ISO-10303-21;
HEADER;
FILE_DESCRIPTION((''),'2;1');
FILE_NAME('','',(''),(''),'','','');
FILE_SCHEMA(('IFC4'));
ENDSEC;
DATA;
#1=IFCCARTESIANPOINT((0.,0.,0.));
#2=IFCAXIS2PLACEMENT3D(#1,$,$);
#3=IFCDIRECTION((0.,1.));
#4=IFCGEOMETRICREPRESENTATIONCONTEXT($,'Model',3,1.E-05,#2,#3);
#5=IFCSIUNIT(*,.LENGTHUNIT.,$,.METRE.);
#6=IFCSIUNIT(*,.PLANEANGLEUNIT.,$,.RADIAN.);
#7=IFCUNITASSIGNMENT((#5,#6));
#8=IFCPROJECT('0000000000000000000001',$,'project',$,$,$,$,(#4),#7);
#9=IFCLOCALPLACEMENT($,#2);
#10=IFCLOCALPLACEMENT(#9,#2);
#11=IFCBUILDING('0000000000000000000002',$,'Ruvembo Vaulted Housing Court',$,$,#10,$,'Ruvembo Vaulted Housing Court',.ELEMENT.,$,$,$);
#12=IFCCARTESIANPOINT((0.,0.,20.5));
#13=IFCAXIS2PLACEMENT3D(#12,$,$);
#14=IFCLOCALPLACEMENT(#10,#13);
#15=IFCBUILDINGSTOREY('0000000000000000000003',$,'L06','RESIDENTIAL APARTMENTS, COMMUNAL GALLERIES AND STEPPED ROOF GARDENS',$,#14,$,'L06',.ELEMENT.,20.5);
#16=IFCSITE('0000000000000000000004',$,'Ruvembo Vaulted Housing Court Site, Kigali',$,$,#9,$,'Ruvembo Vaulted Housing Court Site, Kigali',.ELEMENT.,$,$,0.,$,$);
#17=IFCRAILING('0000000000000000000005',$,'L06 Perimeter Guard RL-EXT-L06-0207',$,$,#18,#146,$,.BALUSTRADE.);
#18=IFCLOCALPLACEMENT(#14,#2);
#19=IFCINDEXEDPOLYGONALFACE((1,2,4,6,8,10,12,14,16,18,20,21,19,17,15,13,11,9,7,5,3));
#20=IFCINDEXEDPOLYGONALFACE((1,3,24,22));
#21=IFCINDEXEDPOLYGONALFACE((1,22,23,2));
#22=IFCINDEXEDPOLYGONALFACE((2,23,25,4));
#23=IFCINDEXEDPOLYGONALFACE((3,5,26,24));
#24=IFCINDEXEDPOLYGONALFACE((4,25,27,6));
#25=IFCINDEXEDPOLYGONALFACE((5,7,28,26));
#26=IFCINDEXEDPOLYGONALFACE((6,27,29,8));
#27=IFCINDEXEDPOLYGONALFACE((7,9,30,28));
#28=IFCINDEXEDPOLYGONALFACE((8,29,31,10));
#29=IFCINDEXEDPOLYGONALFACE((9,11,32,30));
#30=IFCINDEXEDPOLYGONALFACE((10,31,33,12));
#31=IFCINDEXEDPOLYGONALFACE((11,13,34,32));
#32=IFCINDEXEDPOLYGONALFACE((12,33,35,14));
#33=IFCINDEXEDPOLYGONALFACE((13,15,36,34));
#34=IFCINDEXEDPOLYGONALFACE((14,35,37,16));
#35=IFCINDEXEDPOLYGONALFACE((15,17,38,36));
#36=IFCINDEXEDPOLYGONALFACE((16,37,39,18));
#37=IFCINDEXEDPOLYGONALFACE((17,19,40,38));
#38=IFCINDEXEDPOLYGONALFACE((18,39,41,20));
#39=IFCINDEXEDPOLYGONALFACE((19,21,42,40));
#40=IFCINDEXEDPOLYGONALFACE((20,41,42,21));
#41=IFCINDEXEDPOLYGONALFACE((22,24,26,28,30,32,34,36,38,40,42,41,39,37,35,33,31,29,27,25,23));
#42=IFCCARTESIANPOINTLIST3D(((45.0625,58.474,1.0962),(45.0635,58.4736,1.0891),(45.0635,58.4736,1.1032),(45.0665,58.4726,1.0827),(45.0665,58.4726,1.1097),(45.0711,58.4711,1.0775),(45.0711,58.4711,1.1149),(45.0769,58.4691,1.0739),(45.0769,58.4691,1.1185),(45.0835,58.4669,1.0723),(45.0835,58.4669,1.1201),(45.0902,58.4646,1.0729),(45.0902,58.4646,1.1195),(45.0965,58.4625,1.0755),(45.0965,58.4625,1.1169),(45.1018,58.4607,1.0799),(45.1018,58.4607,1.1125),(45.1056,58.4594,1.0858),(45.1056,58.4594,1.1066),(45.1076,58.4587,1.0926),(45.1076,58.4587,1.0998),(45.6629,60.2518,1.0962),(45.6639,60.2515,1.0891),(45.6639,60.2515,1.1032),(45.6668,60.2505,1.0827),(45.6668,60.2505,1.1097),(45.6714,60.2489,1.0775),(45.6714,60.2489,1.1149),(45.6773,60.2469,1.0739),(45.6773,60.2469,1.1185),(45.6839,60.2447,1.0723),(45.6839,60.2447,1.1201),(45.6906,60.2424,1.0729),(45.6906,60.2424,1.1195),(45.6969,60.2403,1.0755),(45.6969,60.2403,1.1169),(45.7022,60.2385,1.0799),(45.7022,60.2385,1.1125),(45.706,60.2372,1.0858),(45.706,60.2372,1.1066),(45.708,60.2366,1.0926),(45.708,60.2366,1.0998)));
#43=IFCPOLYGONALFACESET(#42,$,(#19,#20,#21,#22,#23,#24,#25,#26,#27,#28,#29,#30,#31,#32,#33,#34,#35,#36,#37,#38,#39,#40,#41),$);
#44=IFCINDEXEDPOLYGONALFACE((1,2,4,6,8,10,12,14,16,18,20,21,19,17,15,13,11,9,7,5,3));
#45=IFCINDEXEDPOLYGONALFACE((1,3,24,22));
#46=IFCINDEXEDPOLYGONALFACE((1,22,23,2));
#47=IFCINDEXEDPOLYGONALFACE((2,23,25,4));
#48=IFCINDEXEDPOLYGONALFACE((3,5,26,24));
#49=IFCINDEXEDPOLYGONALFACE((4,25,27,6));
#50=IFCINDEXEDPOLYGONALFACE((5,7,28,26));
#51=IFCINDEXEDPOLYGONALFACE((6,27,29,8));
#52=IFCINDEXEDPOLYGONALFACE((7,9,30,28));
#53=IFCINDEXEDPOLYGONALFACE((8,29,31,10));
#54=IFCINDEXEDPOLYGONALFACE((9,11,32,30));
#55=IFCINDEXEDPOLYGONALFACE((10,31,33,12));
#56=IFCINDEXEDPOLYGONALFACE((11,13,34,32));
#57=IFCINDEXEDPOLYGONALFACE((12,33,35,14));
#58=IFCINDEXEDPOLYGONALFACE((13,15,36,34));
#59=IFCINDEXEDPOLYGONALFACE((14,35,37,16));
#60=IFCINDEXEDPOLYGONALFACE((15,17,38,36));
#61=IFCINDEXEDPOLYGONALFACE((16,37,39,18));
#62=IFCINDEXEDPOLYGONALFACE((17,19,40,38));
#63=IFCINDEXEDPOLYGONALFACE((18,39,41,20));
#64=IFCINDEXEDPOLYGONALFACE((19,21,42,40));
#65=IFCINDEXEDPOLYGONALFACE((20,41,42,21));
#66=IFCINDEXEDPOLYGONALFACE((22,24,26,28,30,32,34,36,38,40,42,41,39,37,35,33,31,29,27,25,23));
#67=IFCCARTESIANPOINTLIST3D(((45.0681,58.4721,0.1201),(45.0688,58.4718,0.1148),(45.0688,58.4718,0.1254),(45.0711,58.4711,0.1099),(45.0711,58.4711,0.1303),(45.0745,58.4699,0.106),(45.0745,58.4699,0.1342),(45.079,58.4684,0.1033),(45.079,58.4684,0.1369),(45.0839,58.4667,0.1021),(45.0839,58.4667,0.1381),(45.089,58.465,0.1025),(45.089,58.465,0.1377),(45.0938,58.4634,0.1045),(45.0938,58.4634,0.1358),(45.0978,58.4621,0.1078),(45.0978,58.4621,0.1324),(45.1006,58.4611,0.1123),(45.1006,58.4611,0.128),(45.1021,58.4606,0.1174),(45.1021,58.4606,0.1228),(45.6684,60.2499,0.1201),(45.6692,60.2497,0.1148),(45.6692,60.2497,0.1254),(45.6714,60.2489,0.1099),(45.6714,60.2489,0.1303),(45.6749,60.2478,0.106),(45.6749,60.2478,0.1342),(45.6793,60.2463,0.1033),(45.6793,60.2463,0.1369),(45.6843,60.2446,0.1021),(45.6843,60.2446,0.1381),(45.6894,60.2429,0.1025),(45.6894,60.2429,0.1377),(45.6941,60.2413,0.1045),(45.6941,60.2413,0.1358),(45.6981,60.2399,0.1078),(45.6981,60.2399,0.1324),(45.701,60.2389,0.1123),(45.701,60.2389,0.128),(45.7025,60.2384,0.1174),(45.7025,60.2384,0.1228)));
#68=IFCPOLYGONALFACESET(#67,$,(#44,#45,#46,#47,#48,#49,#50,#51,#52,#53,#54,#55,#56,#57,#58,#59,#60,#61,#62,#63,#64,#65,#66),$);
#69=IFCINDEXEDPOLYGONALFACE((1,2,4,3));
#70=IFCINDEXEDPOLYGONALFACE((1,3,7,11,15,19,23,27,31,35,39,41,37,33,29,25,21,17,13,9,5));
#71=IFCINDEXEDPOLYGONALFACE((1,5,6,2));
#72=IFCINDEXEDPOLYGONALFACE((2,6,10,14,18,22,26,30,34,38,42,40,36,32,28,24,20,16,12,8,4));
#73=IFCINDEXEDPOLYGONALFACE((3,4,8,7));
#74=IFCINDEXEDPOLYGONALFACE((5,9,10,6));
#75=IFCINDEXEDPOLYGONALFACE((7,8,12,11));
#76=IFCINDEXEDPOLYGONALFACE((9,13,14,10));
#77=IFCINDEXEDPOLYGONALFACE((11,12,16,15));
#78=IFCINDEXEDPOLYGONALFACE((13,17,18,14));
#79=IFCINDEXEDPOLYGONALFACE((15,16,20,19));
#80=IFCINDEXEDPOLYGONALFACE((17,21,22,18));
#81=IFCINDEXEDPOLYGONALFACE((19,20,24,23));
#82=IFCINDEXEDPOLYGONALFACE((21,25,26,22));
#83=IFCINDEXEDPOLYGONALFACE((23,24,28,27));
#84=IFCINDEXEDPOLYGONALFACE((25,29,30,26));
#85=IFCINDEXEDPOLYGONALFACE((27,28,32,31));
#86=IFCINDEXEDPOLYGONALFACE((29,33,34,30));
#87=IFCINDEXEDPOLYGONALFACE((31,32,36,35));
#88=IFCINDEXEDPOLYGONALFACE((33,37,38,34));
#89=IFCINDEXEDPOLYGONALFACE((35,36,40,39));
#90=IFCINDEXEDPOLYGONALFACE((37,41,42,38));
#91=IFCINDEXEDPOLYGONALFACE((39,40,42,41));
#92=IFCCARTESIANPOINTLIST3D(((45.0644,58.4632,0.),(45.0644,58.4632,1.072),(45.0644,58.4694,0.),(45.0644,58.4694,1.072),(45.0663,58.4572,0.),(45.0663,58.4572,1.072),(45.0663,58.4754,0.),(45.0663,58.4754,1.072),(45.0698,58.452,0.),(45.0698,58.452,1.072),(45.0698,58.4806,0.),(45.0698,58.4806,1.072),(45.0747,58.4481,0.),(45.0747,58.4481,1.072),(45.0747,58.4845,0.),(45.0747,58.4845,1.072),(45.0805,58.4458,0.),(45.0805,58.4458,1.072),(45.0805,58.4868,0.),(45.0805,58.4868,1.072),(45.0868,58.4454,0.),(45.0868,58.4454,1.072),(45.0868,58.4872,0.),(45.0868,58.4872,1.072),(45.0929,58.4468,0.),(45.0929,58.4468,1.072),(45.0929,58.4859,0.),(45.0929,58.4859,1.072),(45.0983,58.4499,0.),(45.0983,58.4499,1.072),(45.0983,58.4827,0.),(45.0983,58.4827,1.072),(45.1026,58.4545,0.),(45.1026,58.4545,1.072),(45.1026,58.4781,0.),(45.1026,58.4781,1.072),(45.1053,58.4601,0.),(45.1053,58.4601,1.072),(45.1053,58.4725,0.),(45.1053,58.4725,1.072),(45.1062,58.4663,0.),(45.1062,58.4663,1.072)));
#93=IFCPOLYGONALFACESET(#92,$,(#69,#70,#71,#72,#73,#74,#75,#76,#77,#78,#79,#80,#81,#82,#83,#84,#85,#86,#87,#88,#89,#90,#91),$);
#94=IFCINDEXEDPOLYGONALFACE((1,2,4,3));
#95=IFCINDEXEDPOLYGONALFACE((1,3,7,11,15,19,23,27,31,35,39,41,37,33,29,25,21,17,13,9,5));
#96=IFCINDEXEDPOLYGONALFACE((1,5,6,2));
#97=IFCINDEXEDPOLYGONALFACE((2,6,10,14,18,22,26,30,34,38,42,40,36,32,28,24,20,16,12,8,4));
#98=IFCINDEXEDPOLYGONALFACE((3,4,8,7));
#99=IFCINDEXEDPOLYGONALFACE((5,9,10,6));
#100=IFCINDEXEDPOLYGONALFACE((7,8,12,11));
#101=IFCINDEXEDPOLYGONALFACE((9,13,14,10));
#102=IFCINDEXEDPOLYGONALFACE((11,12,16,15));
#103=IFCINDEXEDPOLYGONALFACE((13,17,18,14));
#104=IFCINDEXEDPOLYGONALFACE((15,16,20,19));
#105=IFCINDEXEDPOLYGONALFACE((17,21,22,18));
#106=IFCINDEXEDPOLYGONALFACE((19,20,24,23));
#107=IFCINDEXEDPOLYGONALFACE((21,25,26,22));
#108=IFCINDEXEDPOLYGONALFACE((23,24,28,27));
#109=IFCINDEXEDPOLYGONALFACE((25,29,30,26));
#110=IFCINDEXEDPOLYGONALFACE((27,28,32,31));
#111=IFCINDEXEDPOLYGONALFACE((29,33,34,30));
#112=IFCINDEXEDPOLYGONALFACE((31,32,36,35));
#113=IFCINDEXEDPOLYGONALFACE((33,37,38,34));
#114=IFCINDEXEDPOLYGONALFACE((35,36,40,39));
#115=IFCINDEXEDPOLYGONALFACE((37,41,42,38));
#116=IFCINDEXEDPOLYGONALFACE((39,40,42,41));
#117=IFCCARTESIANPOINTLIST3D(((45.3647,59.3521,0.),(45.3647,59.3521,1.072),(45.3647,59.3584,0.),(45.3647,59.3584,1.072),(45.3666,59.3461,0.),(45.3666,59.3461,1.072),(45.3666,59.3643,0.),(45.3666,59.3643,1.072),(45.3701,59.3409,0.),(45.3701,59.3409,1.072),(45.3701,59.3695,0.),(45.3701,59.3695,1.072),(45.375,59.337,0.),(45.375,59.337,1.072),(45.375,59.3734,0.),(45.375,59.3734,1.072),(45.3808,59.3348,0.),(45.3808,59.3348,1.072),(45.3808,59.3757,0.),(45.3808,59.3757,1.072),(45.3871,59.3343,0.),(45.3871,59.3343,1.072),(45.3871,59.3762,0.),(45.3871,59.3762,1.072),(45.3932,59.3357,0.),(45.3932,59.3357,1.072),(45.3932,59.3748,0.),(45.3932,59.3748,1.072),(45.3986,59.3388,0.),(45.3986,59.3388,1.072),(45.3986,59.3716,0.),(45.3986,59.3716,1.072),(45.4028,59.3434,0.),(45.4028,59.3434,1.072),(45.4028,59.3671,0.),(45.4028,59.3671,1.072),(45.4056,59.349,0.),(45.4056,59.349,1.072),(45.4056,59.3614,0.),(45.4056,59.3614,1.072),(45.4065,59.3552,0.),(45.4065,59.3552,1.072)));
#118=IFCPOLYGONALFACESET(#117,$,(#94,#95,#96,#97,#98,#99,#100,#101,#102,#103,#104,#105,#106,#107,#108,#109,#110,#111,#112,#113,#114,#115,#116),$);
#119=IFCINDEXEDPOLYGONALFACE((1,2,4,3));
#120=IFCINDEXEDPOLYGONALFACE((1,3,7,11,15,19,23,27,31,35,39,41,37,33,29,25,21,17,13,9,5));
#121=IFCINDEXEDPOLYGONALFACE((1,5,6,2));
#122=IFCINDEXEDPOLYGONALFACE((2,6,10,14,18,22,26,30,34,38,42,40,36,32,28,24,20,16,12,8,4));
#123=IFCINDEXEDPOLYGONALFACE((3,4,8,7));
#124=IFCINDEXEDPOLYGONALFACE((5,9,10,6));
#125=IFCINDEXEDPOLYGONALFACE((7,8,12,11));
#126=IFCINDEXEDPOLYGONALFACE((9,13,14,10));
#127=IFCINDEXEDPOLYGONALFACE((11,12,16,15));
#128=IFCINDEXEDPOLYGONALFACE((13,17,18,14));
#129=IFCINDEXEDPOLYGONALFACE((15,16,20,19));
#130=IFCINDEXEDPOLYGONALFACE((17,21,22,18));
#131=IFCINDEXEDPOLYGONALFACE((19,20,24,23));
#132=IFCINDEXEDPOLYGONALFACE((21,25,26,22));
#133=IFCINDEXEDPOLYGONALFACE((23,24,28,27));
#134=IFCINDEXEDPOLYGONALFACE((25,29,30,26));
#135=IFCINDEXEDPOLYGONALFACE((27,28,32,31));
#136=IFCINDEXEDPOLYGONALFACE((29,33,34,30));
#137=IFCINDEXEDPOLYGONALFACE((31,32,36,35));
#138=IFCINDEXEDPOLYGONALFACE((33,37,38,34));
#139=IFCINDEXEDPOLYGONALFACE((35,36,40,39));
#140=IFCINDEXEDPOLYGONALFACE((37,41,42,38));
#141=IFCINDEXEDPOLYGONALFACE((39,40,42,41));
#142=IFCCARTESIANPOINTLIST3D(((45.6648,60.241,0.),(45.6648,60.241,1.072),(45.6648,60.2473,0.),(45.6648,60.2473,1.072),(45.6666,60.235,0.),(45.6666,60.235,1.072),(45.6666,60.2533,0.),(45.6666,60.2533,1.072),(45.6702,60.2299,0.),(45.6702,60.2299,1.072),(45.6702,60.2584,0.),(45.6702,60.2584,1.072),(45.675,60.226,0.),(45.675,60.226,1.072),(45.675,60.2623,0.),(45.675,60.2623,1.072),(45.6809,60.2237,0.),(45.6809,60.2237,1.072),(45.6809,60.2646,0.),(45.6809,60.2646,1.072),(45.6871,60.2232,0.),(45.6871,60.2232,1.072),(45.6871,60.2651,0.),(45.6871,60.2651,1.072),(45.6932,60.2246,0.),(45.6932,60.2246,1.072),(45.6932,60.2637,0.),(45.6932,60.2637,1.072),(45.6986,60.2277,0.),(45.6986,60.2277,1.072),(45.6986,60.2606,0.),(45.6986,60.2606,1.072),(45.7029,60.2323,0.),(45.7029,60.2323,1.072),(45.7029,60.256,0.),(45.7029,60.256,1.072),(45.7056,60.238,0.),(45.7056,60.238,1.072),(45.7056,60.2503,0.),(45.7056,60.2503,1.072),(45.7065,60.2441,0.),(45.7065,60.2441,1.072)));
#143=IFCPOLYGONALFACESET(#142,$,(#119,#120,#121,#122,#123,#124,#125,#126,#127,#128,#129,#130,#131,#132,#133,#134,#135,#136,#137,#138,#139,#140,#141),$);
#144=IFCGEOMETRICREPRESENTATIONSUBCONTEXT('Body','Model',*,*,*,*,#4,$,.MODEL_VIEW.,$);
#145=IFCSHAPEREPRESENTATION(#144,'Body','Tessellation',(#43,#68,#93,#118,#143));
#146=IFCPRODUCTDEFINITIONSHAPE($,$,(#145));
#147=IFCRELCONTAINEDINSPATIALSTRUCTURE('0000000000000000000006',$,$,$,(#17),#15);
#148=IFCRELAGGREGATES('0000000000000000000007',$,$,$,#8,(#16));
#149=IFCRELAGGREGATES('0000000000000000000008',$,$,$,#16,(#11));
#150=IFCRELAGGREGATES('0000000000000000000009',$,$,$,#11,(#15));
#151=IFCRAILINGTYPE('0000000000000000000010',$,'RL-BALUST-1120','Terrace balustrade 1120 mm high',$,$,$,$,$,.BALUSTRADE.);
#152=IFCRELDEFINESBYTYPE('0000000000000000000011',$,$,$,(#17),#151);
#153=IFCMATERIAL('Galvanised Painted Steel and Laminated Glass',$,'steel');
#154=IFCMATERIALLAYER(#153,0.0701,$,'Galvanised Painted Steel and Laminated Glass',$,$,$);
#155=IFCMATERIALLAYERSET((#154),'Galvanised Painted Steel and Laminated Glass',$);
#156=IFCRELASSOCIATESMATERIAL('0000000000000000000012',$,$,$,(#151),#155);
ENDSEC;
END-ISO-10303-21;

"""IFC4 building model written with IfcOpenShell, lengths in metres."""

from ifc_helpers import new_model, si_unit, direction, frame, origin, origin_2d, place, context, subcontext, project, spatial, circle, extrude, material, layer, layer_set, type_object, element, save


model = new_model("IFC4")

# Units and contexts
model_context = context("Model", 3, precision=1e-05, world=origin(), true_north=direction((0.0, 1.0)))
body_context = subcontext(model_context, "Body", "Model", "MODEL_VIEW")
ifc_project = project(units=[si_unit("LENGTHUNIT", "METRE"), si_unit("PLANEANGLEUNIT", "RADIAN")], contexts=[model_context])

# Site, building, storey
site_placement = place(None, origin())
site = spatial("IfcSite", under=ifc_project, at=site_placement, Name="Ruvembo Vaulted Housing Court Site, Kigali", LongName="Ruvembo Vaulted Housing Court Site, Kigali", CompositionType="ELEMENT", RefElevation=0.0)
building_placement = place(site_placement, origin())
building = spatial("IfcBuilding", under=site, at=building_placement, Name="Ruvembo Vaulted Housing Court", LongName="Ruvembo Vaulted Housing Court", CompositionType="ELEMENT")
storey_placement = place(building_placement, frame((0.0, 0.0, 20.5)))
storey = spatial("IfcBuildingStorey", under=building, at=storey_placement, Name="L06", Description="RESIDENTIAL APARTMENTS, COMMUNAL GALLERIES AND STEPPED ROOF GARDENS", LongName="L06", CompositionType="ELEMENT", Elevation=20.5)

# Railing
ifc_material_1 = material(Name="Galvanised Painted Steel and Laminated Glass", Category="steel")
ifc_layer_1 = layer(ifc_material_1, 0.0701, Name="Galvanised Painted Steel and Laminated Glass")
ifc_layer_set_1 = layer_set([ifc_layer_1], Name="Galvanised Painted Steel and Laminated Glass")
railing_type = type_object("IfcRailingType", Name="RL-BALUST-1120", Description="Terrace balustrade 1120 mm high", PredefinedType="BALUSTRADE", material=ifc_layer_set_1)
railing_1_placement = place(storey_placement, frame((45.0852, 58.4663, 0.0)))
element("IfcRailing", 1, at=railing_1_placement, inside=storey, type_object=railing_type, Name="L06 Perimeter Guard RL-EXT-L06-0207", PredefinedType="BALUSTRADE", context=body_context, shape_type="SweptSolid", body=[
    extrude(circle(Radius=0.0239, at=origin_2d()), frame((0.0, 0.0, 1.0962), z_axis=(0.319933, 0.94744, 0.0), x_axis=(-0.94744, 0.319933, 0.0)), (0.0, 0.0, 1.0), 1.8765),
    extrude(circle(Radius=0.0181, at=origin_2d()), frame((0.0, 0.0, 0.1201), z_axis=(0.319933, 0.94744, 0.0), x_axis=(-0.94744, 0.319933, 0.0)), (0.0, 0.0, 1.0), 1.8765),
    extrude(circle(Radius=0.021, at=origin_2d()), origin(), (0.0, 0.0, 1.0), 1.072),
    extrude(circle(Radius=0.021, at=origin_2d()), frame((0.3003, 0.8889, 0.0)), (0.0, 0.0, 1.0), 1.072),
    extrude(circle(Radius=0.021, at=origin_2d()), frame((0.6003, 1.7778, 0.0)), (0.0, 0.0, 1.0), 1.072),
])

save(model, "model.ifc")
